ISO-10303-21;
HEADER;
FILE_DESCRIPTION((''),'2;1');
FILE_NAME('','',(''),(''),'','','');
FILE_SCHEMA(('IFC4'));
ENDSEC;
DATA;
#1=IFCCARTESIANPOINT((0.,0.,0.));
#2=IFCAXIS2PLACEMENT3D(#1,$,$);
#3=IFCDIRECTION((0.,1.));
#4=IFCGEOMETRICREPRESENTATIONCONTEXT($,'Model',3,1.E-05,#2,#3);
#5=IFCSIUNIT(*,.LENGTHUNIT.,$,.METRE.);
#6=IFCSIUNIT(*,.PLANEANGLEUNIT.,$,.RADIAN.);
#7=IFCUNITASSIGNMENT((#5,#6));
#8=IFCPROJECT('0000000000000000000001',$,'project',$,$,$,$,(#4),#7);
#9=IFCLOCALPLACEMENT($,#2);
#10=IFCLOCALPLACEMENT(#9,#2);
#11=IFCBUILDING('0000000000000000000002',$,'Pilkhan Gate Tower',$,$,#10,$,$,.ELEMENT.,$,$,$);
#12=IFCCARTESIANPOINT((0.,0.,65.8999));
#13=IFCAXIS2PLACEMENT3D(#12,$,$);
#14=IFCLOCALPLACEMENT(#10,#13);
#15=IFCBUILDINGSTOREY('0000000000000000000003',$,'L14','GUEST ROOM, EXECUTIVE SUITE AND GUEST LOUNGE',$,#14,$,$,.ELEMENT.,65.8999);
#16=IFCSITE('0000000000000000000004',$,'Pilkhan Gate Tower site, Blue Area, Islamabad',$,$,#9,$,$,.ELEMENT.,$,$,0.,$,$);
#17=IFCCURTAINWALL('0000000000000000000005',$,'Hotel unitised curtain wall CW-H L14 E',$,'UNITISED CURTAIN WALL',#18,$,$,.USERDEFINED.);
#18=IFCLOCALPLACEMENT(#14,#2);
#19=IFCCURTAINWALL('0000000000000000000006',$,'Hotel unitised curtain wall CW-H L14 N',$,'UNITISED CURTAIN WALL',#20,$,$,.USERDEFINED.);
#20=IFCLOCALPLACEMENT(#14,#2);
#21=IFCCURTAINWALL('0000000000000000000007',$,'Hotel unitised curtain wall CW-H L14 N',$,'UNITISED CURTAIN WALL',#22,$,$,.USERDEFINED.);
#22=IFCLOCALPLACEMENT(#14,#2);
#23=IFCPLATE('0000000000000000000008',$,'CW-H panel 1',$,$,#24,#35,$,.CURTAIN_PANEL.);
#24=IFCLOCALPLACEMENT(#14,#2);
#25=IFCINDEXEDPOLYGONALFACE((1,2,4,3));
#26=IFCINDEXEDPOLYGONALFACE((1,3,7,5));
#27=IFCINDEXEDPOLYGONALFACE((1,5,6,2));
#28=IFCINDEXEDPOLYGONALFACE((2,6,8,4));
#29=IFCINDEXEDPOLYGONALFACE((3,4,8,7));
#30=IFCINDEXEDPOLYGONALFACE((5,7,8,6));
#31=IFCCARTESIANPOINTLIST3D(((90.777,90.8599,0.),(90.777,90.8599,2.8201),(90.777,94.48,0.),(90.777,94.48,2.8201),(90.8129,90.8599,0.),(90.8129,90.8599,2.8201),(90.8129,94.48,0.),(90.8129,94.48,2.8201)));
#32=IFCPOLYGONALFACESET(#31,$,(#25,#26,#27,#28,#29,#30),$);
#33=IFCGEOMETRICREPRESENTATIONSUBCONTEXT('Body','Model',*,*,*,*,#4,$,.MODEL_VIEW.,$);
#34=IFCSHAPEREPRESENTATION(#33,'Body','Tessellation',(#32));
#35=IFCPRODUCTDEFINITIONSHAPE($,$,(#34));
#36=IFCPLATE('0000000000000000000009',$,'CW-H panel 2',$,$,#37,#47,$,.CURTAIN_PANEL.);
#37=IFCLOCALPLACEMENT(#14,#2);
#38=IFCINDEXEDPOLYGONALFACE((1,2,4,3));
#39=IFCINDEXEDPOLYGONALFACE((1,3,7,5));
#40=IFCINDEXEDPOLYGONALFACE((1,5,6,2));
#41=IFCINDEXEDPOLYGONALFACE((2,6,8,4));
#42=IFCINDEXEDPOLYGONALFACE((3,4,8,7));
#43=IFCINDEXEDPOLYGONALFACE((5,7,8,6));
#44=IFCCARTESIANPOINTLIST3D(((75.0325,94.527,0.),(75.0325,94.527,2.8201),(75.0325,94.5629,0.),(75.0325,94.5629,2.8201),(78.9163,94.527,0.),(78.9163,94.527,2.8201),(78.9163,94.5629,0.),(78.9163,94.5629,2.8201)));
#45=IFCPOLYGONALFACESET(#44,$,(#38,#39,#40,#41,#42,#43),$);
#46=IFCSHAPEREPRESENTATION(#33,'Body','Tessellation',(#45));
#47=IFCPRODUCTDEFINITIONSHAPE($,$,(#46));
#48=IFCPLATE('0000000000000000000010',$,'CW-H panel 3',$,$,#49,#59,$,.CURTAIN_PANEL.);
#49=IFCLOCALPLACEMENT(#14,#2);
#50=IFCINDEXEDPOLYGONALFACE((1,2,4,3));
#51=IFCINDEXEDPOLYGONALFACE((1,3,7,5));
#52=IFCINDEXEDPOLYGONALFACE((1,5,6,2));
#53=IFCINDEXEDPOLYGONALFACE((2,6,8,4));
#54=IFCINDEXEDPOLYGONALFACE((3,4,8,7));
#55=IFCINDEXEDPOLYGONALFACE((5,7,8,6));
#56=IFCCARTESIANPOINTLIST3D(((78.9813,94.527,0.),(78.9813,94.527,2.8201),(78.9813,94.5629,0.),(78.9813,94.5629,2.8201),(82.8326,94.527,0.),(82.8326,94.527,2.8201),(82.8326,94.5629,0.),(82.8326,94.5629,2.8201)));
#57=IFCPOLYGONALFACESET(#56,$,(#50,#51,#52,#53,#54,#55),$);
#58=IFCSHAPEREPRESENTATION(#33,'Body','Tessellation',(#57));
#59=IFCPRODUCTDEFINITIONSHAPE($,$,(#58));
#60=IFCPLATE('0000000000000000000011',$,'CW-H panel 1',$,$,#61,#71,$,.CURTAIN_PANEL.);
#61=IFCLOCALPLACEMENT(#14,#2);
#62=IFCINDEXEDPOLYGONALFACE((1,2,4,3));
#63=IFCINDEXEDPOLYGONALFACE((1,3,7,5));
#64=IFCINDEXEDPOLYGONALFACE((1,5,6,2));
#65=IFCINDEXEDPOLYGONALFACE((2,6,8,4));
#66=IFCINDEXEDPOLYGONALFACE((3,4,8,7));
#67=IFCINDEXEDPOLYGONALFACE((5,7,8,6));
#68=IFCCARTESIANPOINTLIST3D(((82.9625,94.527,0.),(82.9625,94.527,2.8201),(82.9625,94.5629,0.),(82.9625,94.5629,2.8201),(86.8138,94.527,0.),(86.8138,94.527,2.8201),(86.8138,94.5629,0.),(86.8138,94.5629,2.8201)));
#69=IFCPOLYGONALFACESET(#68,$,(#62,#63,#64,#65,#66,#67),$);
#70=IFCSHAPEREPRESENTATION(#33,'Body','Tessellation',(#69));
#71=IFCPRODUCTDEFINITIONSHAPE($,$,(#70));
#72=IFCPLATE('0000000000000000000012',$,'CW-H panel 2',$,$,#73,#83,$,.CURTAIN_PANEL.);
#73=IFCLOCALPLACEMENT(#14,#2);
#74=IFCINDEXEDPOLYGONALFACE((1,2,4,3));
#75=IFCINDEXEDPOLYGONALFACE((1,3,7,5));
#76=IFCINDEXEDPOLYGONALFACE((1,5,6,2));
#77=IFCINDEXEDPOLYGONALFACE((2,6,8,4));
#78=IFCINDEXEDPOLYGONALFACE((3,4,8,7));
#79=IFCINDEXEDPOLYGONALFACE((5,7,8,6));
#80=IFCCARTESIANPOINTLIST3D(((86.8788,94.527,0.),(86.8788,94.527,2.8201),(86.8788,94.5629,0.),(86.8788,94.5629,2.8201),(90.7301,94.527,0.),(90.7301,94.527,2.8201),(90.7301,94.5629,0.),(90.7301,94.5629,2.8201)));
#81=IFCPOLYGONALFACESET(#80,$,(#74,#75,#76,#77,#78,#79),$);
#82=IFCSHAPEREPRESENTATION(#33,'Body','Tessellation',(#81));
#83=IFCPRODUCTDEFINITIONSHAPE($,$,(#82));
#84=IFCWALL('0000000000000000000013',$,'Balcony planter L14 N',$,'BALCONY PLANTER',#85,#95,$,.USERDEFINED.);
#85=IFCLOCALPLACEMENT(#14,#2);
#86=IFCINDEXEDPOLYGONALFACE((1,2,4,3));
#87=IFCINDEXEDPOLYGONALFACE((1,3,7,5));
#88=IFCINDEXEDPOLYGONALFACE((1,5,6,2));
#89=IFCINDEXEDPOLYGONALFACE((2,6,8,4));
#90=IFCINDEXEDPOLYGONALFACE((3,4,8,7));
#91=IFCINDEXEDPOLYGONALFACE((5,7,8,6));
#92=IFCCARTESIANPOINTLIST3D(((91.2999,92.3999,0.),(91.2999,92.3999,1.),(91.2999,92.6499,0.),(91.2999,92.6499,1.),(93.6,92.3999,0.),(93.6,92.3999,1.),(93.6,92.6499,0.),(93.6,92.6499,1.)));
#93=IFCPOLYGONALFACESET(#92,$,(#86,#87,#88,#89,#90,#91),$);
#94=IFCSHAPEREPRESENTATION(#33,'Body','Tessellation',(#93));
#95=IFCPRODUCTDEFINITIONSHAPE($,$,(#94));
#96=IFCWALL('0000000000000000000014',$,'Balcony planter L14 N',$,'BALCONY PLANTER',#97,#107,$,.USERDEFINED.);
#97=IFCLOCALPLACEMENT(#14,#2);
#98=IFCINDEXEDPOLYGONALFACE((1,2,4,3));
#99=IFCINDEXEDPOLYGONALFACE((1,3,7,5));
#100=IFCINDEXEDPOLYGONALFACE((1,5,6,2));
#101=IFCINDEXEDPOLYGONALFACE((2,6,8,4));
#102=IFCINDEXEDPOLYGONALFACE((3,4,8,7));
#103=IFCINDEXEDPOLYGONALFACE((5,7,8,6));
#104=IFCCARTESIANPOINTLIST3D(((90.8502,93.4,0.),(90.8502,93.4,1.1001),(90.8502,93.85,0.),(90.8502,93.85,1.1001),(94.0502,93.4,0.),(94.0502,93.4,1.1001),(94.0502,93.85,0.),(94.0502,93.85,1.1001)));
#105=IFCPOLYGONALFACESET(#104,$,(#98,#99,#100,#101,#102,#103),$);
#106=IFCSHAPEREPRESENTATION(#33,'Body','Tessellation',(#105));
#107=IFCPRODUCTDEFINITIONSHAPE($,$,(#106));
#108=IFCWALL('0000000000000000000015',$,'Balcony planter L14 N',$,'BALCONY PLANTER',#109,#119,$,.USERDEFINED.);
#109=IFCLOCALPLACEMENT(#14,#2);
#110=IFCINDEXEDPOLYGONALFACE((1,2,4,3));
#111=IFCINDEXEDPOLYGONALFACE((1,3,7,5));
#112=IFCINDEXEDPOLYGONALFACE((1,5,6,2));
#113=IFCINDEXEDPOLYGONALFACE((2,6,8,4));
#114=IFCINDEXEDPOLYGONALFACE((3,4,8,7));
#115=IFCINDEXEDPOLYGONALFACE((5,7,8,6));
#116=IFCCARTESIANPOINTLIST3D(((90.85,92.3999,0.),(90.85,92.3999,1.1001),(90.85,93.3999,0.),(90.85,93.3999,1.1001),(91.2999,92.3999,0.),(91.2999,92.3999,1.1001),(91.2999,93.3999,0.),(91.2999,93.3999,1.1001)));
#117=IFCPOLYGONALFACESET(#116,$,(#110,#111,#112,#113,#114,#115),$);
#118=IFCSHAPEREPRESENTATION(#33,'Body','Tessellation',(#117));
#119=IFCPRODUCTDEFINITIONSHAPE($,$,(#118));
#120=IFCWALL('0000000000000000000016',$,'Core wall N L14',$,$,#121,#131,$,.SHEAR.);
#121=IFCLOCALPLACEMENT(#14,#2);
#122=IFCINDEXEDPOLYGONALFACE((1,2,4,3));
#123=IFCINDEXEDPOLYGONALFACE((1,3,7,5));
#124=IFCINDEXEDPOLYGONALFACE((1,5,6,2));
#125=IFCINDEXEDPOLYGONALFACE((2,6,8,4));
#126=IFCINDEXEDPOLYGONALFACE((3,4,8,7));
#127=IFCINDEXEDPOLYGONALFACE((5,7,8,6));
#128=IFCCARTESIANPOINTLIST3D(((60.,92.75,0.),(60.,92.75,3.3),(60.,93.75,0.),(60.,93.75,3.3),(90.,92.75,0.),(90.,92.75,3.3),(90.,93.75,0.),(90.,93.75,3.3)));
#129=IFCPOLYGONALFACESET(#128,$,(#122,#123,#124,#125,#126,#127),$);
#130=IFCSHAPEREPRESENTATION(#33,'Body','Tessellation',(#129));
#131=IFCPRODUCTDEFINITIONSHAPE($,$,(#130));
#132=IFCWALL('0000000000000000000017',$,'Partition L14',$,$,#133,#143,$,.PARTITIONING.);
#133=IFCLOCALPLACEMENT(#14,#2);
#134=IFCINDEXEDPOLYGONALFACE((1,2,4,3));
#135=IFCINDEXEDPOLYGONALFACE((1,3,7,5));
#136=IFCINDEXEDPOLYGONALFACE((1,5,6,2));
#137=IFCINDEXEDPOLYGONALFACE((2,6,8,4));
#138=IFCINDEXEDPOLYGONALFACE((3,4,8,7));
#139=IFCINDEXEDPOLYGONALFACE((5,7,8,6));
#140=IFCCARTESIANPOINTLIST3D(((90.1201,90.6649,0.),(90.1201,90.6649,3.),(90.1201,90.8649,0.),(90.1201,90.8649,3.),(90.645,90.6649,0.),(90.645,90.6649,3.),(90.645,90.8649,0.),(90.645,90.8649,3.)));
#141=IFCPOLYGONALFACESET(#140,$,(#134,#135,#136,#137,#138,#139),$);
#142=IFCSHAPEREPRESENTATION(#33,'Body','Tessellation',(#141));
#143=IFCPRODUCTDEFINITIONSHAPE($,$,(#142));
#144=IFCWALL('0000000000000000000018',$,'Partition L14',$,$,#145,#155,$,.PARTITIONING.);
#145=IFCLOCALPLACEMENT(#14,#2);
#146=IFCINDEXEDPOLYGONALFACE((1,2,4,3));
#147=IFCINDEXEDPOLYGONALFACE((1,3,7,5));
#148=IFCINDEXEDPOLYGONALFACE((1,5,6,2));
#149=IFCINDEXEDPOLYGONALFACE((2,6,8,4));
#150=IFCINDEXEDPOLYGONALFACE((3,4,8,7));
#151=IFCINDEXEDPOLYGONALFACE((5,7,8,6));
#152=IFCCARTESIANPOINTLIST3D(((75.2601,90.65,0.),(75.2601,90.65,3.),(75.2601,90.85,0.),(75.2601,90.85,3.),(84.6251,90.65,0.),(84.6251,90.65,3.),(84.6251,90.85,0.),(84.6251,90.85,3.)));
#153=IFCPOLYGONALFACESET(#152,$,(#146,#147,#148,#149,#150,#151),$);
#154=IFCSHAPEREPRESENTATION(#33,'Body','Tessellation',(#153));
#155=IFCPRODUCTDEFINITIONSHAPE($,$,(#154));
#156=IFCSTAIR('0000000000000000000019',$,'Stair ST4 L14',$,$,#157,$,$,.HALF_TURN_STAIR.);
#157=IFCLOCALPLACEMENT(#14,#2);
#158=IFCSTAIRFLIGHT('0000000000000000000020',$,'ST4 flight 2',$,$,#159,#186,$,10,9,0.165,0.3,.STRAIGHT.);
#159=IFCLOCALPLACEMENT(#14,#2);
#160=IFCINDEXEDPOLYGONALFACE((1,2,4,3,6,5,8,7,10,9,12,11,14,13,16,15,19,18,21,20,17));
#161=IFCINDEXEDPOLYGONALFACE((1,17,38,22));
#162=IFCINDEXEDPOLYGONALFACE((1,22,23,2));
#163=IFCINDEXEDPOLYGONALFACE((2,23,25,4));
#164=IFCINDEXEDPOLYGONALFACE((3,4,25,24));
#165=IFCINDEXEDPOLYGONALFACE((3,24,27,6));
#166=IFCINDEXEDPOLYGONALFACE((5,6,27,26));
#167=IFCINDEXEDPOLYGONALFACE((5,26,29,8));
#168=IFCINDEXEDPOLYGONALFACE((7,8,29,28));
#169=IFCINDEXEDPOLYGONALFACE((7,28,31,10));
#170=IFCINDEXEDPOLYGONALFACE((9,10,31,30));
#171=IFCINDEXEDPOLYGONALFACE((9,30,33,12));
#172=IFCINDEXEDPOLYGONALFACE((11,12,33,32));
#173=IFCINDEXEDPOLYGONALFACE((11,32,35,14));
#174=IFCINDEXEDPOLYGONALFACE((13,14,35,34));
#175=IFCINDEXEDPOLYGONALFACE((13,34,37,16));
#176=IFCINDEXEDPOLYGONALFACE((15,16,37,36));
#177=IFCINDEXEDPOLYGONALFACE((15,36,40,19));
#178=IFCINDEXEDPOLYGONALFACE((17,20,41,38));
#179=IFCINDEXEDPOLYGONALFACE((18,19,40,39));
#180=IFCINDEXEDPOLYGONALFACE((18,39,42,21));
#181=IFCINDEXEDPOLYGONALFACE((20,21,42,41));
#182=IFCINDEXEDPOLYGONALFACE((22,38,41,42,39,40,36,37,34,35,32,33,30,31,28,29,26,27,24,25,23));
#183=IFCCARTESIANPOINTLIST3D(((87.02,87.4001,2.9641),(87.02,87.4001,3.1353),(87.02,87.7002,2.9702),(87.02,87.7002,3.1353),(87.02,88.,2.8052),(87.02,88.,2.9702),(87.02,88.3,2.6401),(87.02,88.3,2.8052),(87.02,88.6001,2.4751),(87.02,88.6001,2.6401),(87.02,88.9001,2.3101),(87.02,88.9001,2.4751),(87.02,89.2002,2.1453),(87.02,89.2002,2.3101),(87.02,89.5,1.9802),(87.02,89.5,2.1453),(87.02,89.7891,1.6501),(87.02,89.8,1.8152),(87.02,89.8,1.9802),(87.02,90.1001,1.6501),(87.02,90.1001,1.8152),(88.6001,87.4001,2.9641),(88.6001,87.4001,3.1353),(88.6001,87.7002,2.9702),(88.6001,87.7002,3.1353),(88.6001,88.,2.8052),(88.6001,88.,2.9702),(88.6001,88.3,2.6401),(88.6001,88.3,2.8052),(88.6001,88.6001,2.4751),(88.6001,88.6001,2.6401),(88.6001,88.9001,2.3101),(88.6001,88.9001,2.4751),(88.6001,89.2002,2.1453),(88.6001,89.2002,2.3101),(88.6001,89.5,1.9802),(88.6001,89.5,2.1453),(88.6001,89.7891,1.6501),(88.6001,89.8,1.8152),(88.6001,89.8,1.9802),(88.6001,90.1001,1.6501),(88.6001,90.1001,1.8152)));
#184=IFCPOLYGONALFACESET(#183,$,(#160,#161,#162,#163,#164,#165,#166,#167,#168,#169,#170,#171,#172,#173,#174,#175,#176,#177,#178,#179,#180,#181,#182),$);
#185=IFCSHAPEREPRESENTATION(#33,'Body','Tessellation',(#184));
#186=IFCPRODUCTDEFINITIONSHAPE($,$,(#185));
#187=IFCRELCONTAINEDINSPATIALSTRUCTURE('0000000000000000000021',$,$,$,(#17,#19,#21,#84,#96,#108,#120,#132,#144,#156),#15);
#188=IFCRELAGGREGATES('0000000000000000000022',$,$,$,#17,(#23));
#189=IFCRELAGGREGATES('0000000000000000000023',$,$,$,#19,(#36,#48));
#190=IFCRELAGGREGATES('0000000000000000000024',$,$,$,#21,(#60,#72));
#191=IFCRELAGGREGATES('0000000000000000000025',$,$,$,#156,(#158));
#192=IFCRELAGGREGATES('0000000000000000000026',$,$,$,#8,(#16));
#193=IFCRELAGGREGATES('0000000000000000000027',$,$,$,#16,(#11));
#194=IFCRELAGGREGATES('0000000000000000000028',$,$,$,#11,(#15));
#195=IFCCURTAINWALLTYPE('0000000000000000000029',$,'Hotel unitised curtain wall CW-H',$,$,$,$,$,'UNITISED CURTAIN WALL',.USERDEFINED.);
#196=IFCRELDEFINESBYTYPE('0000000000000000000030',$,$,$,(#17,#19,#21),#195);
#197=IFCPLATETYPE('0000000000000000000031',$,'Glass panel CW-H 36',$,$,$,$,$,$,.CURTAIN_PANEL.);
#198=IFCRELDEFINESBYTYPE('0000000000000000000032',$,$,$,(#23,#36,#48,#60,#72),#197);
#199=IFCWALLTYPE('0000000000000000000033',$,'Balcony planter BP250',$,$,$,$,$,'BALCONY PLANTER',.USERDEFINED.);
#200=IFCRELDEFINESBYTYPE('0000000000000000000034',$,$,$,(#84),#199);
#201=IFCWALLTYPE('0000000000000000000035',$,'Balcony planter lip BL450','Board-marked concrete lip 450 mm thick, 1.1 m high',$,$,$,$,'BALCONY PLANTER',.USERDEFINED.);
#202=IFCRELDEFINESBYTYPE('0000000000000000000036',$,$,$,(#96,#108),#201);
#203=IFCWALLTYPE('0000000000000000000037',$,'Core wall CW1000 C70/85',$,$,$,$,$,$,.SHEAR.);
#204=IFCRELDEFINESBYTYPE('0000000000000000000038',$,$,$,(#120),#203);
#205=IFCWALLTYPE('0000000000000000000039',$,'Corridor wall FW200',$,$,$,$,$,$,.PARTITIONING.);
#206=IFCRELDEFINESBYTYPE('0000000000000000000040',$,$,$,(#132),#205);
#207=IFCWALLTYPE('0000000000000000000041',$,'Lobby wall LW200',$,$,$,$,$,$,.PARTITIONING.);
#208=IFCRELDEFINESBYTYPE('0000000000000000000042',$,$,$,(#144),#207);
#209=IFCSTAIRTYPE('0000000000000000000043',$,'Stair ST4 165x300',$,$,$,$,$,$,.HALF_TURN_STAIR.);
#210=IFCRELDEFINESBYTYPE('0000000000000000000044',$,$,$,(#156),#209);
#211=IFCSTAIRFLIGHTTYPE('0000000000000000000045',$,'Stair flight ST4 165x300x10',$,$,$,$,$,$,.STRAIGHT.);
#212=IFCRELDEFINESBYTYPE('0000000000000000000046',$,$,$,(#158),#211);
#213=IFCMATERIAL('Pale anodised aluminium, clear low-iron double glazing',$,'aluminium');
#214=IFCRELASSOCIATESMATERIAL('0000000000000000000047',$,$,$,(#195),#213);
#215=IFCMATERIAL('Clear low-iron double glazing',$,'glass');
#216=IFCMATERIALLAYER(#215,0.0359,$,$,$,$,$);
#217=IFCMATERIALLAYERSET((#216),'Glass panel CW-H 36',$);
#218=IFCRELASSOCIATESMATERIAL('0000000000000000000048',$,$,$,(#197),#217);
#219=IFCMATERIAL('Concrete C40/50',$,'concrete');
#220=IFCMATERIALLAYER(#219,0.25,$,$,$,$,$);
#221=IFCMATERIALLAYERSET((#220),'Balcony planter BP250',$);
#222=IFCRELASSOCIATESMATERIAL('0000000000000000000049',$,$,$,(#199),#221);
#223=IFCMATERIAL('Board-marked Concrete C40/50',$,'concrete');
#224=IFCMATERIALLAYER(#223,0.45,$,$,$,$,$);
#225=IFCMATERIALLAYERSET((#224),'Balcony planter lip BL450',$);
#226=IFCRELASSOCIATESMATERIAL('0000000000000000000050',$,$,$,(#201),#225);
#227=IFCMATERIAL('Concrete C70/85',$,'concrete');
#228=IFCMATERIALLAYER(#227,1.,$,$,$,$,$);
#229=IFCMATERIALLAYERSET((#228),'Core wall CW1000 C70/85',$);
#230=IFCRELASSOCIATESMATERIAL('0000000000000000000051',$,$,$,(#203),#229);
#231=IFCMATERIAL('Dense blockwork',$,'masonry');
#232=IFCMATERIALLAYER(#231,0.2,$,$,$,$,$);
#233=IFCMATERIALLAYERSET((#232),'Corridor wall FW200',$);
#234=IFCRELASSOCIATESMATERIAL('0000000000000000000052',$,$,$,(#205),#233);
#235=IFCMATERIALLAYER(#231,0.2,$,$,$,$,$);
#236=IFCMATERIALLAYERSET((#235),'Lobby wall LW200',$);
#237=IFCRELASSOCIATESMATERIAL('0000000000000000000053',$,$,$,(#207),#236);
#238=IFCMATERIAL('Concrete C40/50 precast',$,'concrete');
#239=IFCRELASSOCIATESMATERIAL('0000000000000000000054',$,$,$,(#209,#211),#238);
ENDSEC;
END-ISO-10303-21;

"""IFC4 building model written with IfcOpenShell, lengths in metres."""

from ifc_helpers import new_model, si_unit, direction, frame, frame_2d, origin, origin_2d, place, context, subcontext, project, spatial, polyline, rectangle, outline, extrude, material, layer, layer_set, type_object, element, aggregate, save


model = new_model("IFC4")

# Units and contexts
model_context = context("Model", 3, precision=1e-05, world=origin(), true_north=direction((0.0, 1.0)))
body_context = subcontext(model_context, "Body", "Model", "MODEL_VIEW")
ifc_project = project(units=[si_unit("LENGTHUNIT", "METRE"), si_unit("PLANEANGLEUNIT", "RADIAN")], contexts=[model_context])

# Site, building, storey
site_placement = place(None, origin())
site = spatial("IfcSite", under=ifc_project, at=site_placement, Name="Pilkhan Gate Tower site, Blue Area, Islamabad", CompositionType="ELEMENT", RefElevation=0.0)
building_placement = place(site_placement, origin())
building = spatial("IfcBuilding", under=site, at=building_placement, Name="Pilkhan Gate Tower", CompositionType="ELEMENT")
storey_placement = place(building_placement, frame((0.0, 0.0, 65.8999)))
storey = spatial("IfcBuildingStorey", under=building, at=storey_placement, Name="L14", Description="GUEST ROOM, EXECUTIVE SUITE AND GUEST LOUNGE", CompositionType="ELEMENT", Elevation=65.8999)

# Curtain walls
ifc_material_1 = material(Name="Pale anodised aluminium, clear low-iron double glazing", Category="aluminium")
curtain_wall_type = type_object("IfcCurtainWallType", Name="Hotel unitised curtain wall CW-H", ElementType="UNITISED CURTAIN WALL", PredefinedType="USERDEFINED", material=ifc_material_1)
curtain_wall_1_placement = place(storey_placement, origin())
curtain_wall_1 = element("IfcCurtainWall", 1, at=curtain_wall_1_placement, inside=storey, type_object=curtain_wall_type, Name="Hotel unitised curtain wall CW-H L14 E", ObjectType="UNITISED CURTAIN WALL", PredefinedType="USERDEFINED")
curtain_wall_2_placement = place(storey_placement, origin())
curtain_wall_2 = element("IfcCurtainWall", 2, at=curtain_wall_2_placement, inside=storey, type_object=curtain_wall_type, Name="Hotel unitised curtain wall CW-H L14 N", ObjectType="UNITISED CURTAIN WALL", PredefinedType="USERDEFINED")
curtain_wall_3_placement = place(storey_placement, origin())
curtain_wall_3 = element("IfcCurtainWall", 3, at=curtain_wall_3_placement, inside=storey, type_object=curtain_wall_type, Name="Hotel unitised curtain wall CW-H L14 N", ObjectType="UNITISED CURTAIN WALL", PredefinedType="USERDEFINED")

# Plates
ifc_material_2 = material(Name="Clear low-iron double glazing", Category="glass")
ifc_layer_1 = layer(ifc_material_2, 0.0359)
ifc_layer_set_1 = layer_set([ifc_layer_1], Name="Glass panel CW-H 36")
plate_type = type_object("IfcPlateType", Name="Glass panel CW-H 36", PredefinedType="CURTAIN_PANEL", material=ifc_layer_set_1)
plate_1_placement = place(storey_placement, frame((90.7949, 92.6699, 0.0), z_axis=(0.0, 0.0, 1.0), x_axis=(0.0, 1.0, 0.0)))
plate_1 = element("IfcPlate", 4, at=plate_1_placement, type_object=plate_type, Name="CW-H panel 1", PredefinedType="CURTAIN_PANEL", context=body_context, shape_type="SweptSolid", body=[
    extrude(rectangle(XDim=3.6201, YDim=0.0359, at=origin_2d()), origin(), (0.0, 0.0, 1.0), 2.8201),
])
aggregate(curtain_wall_1, [plate_1])
plate_2_placement = place(storey_placement, frame((76.9744, 94.5449, 0.0), z_axis=(0.0, 0.0, 1.0), x_axis=(1.0, 0.0, 0.0)))
plate_2 = element("IfcPlate", 5, at=plate_2_placement, type_object=plate_type, Name="CW-H panel 2", PredefinedType="CURTAIN_PANEL", context=body_context, shape_type="SweptSolid", body=[
    extrude(rectangle(XDim=3.8838, YDim=0.0359, at=origin_2d()), origin(), (0.0, 0.0, 1.0), 2.8201),
])
plate_3_placement = place(storey_placement, frame((80.907, 94.5449, 0.0), z_axis=(0.0, 0.0, 1.0), x_axis=(1.0, 0.0, 0.0)))
plate_3 = element("IfcPlate", 6, at=plate_3_placement, type_object=plate_type, Name="CW-H panel 3", PredefinedType="CURTAIN_PANEL", context=body_context, shape_type="SweptSolid", body=[
    extrude(rectangle(XDim=3.8513, YDim=0.0359, at=origin_2d()), origin(), (0.0, 0.0, 1.0), 2.8201),
])
aggregate(curtain_wall_2, [plate_2, plate_3])
plate_4_placement = place(storey_placement, frame((84.8882, 94.5449, 0.0), z_axis=(0.0, 0.0, 1.0), x_axis=(1.0, 0.0, 0.0)))
plate_4 = element("IfcPlate", 7, at=plate_4_placement, type_object=plate_type, Name="CW-H panel 1", PredefinedType="CURTAIN_PANEL", context=body_context, shape_type="SweptSolid", body=[
    extrude(rectangle(XDim=3.8513, YDim=0.0359, at=origin_2d()), origin(), (0.0, 0.0, 1.0), 2.8201),
])
plate_5_placement = place(storey_placement, frame((88.8044, 94.5449, 0.0), z_axis=(0.0, 0.0, 1.0), x_axis=(1.0, 0.0, 0.0)))
plate_5 = element("IfcPlate", 8, at=plate_5_placement, type_object=plate_type, Name="CW-H panel 2", PredefinedType="CURTAIN_PANEL", context=body_context, shape_type="SweptSolid", body=[
    extrude(rectangle(XDim=3.8513, YDim=0.0359, at=origin_2d()), origin(), (0.0, 0.0, 1.0), 2.8201),
])
aggregate(curtain_wall_3, [plate_4, plate_5])

# Walls
ifc_material_3 = material(Name="Concrete C40/50", Category="concrete")
ifc_layer_2 = layer(ifc_material_3, 0.25)
ifc_layer_set_2 = layer_set([ifc_layer_2], Name="Balcony planter BP250")
wall_type_1 = type_object("IfcWallType", Name="Balcony planter BP250", ElementType="BALCONY PLANTER", PredefinedType="USERDEFINED", material=ifc_layer_set_2)
wall_1_placement = place(storey_placement, frame((91.3, 92.5249, 0.0), z_axis=(0.0, 0.0, 1.0), x_axis=(1.0, 0.0, 0.0)))
element("IfcWall", 9, at=wall_1_placement, inside=storey, type_object=wall_type_1, Name="Balcony planter L14 N", ObjectType="BALCONY PLANTER", PredefinedType="USERDEFINED", context=body_context, shape_type="SweptSolid", body=[
    extrude(rectangle(XDim=2.3, YDim=0.25, at=frame_2d((1.1499, 0.0))), origin(), (0.0, 0.0, 1.0), 1.0),
])
ifc_material_4 = material(Name="Board-marked Concrete C40/50", Category="concrete")
ifc_layer_3 = layer(ifc_material_4, 0.45)
ifc_layer_set_3 = layer_set([ifc_layer_3], Name="Balcony planter lip BL450")
wall_type_2 = type_object("IfcWallType", Name="Balcony planter lip BL450", Description="Board-marked concrete lip 450 mm thick, 1.1 m high", ElementType="BALCONY PLANTER", PredefinedType="USERDEFINED", material=ifc_layer_set_3)
wall_2_placement = place(storey_placement, frame((90.8501, 93.625, 0.0), z_axis=(0.0, 0.0, 1.0), x_axis=(1.0, 0.0, 0.0)))
element("IfcWall", 10, at=wall_2_placement, inside=storey, type_object=wall_type_2, Name="Balcony planter L14 N", ObjectType="BALCONY PLANTER", PredefinedType="USERDEFINED", context=body_context, shape_type="SweptSolid", body=[
    extrude(rectangle(XDim=3.2, YDim=0.45, at=frame_2d((1.6001, 0.0))), origin(), (0.0, 0.0, 1.0), 1.1001),
])
wall_3_placement = place(storey_placement, frame((91.075, 92.3999, 0.0), z_axis=(0.0, 0.0, 1.0), x_axis=(0.0, 1.0, 0.0)))
element("IfcWall", 11, at=wall_3_placement, inside=storey, type_object=wall_type_2, Name="Balcony planter L14 N", ObjectType="BALCONY PLANTER", PredefinedType="USERDEFINED", context=body_context, shape_type="SweptSolid", body=[
    extrude(rectangle(XDim=1.0, YDim=0.45, at=frame_2d((0.5, 0.0))), origin(), (0.0, 0.0, 1.0), 1.1001),
])
ifc_material_5 = material(Name="Concrete C70/85", Category="concrete")
ifc_layer_4 = layer(ifc_material_5, 1.0)
ifc_layer_set_4 = layer_set([ifc_layer_4], Name="Core wall CW1000 C70/85")
wall_type_3 = type_object("IfcWallType", Name="Core wall CW1000 C70/85", PredefinedType="SHEAR", material=ifc_layer_set_4)
wall_4_placement = place(storey_placement, frame((90.0, 93.25, 0.0), z_axis=(0.0, 0.0, 1.0), x_axis=(-1.0, 0.0, 0.0)))
element("IfcWall", 12, at=wall_4_placement, inside=storey, type_object=wall_type_3, Name="Core wall N L14", PredefinedType="SHEAR", context=body_context, shape_type="SweptSolid", body=[
    extrude(rectangle(XDim=30.0, YDim=1.0, at=frame_2d((15.0, 0.0))), origin(), (0.0, 0.0, 1.0), 3.3),
])
ifc_material_6 = material(Name="Dense blockwork", Category="masonry")
ifc_layer_5 = layer(ifc_material_6, 0.2)
ifc_layer_set_5 = layer_set([ifc_layer_5], Name="Corridor wall FW200")
wall_type_4 = type_object("IfcWallType", Name="Corridor wall FW200", PredefinedType="PARTITIONING", material=ifc_layer_set_5)
wall_5_placement = place(storey_placement, frame((90.1201, 90.7649, 0.0), z_axis=(0.0, 0.0, 1.0), x_axis=(1.0, 0.0, 0.0)))
element("IfcWall", 13, at=wall_5_placement, inside=storey, type_object=wall_type_4, Name="Partition L14", PredefinedType="PARTITIONING", context=body_context, shape_type="SweptSolid", body=[
    extrude(rectangle(XDim=0.5249, YDim=0.2, at=frame_2d((0.2625, 0.0))), origin(), (0.0, 0.0, 1.0), 3.0),
])

# Wall
ifc_layer_6 = layer(ifc_material_6, 0.2)
ifc_layer_set_6 = layer_set([ifc_layer_6], Name="Lobby wall LW200")
wall_type_5 = type_object("IfcWallType", Name="Lobby wall LW200", PredefinedType="PARTITIONING", material=ifc_layer_set_6)
wall_6_placement = place(storey_placement, frame((75.26, 90.75, 0.0), z_axis=(0.0, 0.0, 1.0), x_axis=(1.0, 0.0, 0.0)))
element("IfcWall", 14, at=wall_6_placement, inside=storey, type_object=wall_type_5, Name="Partition L14", PredefinedType="PARTITIONING", context=body_context, shape_type="SweptSolid", body=[
    extrude(rectangle(XDim=9.365, YDim=0.2, at=frame_2d((4.6826, 0.0))), origin(), (0.0, 0.0, 1.0), 3.0),
])

# Stair, stair flight
ifc_material_7 = material(Name="Concrete C40/50 precast", Category="concrete")
stair_type = type_object("IfcStairType", Name="Stair ST4 165x300", PredefinedType="HALF_TURN_STAIR", material=ifc_material_7)
stair_placement = place(storey_placement, origin())
stair = element("IfcStair", 15, at=stair_placement, inside=storey, type_object=stair_type, Name="Stair ST4 L14", PredefinedType="HALF_TURN_STAIR")
stair_flight_type = type_object("IfcStairFlightType", Name="Stair flight ST4 165x300x10", PredefinedType="STRAIGHT", material=ifc_material_7)
stair_flight_placement = place(storey_placement, frame((87.8101, 90.1001, 1.6501), z_axis=(0.0, 0.0, 1.0), x_axis=(0.0, -1.0, 0.0)))
stair_flight = element("IfcStairFlight", 16, at=stair_flight_placement, type_object=stair_flight_type, Name="ST4 flight 2", NumberOfRisers=10, NumberOfTreads=9, PredefinedType="STRAIGHT", RiserHeight=0.165, TreadLength=0.3, context=body_context, shape_type="SweptSolid", body=[
    extrude(outline(polyline([(0.0, 0.0), (0.0, 0.165), (0.3, 0.165), (0.3, 0.3301), (0.6001, 0.3301), (0.6001, 0.4951), (0.8999, 0.4951), (0.8999, 0.6599), (1.2, 0.6599), (1.2, 0.825), (1.5, 0.825), (1.5, 0.99), (1.8, 0.99), (1.8, 1.155), (2.1001, 1.155), (2.1001, 1.3201), (2.3999, 1.3201), (2.3999, 1.4851), (2.7, 1.4851), (2.7, 1.6499), (2.7, 1.314), (0.311, 0.0), (0.0, 0.0)])), frame((0.0, 0.79, 0.0), z_axis=(0.0, -1.0, 0.0), x_axis=(1.0, 0.0, 0.0)), (0.0, 0.0, 1.0), 1.5801),
])
aggregate(stair, [stair_flight])

save(model, "model.ifc")
